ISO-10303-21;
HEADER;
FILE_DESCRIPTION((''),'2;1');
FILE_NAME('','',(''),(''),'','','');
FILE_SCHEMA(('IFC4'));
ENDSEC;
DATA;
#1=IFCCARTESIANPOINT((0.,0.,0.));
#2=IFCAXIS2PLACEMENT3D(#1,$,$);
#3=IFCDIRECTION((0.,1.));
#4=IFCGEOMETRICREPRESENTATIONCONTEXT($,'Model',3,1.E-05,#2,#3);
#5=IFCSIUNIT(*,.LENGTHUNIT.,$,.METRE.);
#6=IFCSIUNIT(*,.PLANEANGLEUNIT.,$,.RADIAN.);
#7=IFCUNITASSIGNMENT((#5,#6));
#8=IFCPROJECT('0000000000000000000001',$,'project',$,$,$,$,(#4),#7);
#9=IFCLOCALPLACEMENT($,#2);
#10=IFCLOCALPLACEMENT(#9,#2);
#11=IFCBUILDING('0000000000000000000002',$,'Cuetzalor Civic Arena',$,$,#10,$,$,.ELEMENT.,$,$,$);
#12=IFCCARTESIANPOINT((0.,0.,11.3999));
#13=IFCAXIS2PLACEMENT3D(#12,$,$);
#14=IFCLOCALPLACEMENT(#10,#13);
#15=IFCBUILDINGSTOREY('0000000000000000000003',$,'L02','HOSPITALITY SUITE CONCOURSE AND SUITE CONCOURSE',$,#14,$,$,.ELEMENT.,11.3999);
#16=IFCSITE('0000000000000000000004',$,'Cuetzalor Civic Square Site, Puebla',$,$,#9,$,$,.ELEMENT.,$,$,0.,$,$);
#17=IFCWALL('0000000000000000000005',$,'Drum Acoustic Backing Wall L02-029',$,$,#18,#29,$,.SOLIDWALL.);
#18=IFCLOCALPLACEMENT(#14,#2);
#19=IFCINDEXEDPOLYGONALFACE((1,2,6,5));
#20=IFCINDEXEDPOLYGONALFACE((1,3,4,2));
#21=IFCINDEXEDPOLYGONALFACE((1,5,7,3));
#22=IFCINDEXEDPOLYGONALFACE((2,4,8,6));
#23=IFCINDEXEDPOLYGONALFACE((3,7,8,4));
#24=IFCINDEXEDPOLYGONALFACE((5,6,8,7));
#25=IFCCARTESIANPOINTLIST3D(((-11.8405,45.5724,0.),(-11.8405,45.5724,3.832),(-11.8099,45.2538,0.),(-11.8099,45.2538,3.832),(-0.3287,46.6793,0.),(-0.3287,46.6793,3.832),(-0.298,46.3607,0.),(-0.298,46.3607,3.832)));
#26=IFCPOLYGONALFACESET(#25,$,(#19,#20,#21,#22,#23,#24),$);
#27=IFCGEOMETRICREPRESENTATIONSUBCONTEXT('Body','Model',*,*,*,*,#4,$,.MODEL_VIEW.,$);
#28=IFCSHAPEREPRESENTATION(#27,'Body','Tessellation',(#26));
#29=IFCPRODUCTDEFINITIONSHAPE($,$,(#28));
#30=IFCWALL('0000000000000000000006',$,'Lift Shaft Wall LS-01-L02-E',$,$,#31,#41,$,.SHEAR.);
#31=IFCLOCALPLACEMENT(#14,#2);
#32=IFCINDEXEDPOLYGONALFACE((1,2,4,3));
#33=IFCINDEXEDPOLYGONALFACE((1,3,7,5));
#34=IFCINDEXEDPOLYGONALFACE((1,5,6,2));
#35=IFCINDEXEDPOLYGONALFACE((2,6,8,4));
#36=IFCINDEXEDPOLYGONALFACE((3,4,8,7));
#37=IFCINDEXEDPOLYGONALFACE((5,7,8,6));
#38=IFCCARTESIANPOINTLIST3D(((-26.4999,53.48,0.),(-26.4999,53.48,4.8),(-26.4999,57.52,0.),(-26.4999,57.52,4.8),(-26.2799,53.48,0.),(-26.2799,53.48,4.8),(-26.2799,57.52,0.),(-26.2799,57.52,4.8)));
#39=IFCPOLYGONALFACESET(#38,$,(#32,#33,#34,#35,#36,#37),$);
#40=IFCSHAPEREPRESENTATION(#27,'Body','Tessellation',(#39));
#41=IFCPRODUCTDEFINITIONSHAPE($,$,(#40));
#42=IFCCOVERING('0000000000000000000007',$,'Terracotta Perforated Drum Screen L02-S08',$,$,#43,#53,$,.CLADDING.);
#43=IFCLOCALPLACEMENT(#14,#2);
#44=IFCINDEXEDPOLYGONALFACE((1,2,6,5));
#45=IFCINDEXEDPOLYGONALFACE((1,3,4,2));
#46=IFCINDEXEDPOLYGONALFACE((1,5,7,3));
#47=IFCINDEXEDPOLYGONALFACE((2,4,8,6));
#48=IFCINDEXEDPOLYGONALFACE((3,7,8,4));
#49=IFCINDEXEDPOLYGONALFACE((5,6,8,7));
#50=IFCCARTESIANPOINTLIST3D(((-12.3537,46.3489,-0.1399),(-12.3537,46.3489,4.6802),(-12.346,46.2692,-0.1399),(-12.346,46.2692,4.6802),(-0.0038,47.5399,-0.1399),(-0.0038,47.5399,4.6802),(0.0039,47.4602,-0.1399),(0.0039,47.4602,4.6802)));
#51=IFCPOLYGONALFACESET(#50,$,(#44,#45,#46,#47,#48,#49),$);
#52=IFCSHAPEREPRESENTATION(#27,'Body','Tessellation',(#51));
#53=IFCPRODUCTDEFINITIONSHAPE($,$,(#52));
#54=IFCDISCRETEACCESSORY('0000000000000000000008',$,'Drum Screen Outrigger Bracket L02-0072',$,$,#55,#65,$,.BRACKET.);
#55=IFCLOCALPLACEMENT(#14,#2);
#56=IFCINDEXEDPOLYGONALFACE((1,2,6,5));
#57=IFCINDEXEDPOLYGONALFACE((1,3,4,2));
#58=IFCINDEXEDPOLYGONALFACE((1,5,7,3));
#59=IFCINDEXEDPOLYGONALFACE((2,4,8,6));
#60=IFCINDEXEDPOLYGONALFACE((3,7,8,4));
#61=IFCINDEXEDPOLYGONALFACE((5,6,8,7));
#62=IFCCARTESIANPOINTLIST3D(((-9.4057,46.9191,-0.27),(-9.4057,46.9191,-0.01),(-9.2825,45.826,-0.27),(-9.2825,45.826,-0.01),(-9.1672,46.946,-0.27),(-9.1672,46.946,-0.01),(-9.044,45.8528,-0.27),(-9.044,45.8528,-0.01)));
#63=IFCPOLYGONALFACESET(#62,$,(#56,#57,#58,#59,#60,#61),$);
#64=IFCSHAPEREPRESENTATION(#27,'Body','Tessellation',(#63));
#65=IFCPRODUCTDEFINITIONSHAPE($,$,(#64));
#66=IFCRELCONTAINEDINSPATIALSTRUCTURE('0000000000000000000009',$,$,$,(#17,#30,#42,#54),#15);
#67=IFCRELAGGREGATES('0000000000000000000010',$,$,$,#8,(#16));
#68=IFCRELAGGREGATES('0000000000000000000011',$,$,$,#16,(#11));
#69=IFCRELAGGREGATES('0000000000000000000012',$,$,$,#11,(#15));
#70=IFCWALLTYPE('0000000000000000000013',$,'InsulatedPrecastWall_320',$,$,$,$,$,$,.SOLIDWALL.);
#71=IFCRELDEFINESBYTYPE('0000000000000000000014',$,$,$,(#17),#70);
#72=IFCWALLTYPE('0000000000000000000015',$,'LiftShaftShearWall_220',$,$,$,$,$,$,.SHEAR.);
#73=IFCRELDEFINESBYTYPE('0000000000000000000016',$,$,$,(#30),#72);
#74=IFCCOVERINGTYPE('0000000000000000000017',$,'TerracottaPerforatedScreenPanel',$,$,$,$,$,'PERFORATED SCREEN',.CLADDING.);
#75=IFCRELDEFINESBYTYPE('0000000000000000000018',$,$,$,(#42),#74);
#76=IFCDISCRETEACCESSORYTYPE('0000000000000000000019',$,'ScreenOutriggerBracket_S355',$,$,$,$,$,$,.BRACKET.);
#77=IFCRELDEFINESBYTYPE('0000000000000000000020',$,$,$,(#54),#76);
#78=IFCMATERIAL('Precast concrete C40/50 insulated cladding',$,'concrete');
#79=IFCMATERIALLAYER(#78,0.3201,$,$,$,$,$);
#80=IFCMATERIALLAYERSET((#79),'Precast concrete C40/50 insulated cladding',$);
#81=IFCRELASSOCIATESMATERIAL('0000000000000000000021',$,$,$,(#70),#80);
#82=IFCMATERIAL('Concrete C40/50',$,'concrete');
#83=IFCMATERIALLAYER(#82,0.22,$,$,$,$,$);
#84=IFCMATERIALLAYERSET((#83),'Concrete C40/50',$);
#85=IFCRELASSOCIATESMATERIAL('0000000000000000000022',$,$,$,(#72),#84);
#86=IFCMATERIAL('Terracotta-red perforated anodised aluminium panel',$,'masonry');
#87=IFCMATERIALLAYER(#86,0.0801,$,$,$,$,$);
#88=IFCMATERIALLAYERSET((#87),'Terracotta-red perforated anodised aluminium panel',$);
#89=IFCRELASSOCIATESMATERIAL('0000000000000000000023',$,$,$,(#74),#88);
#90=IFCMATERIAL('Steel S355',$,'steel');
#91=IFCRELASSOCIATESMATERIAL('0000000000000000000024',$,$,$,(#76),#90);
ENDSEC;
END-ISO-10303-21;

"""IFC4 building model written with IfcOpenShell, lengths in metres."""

from ifc_helpers import new_model, si_unit, direction, frame, frame_2d, origin, origin_2d, place, context, subcontext, project, spatial, rectangle, extrude, material, layer, layer_set, type_object, element, save


model = new_model("IFC4")

# Units and contexts
model_context = context("Model", 3, precision=1e-05, world=origin(), true_north=direction((0.0, 1.0)))
body_context = subcontext(model_context, "Body", "Model", "MODEL_VIEW")
ifc_project = project(units=[si_unit("LENGTHUNIT", "METRE"), si_unit("PLANEANGLEUNIT", "RADIAN")], contexts=[model_context])

# Site, building, storey
site_placement = place(None, origin())
site = spatial("IfcSite", under=ifc_project, at=site_placement, Name="Cuetzalor Civic Square Site, Puebla", CompositionType="ELEMENT", RefElevation=0.0)
building_placement = place(site_placement, origin())
building = spatial("IfcBuilding", under=site, at=building_placement, Name="Cuetzalor Civic Arena", CompositionType="ELEMENT")
storey_placement = place(building_placement, frame((0.0, 0.0, 11.3999)))
storey = spatial("IfcBuildingStorey", under=building, at=storey_placement, Name="L02", Description="HOSPITALITY SUITE CONCOURSE AND SUITE CONCOURSE", CompositionType="ELEMENT", Elevation=11.3999)

# Walls
ifc_material_1 = material(Name="Precast concrete C40/50 insulated cladding", Category="concrete")
ifc_layer_1 = layer(ifc_material_1, 0.3201)
ifc_layer_set_1 = layer_set([ifc_layer_1], Name="Precast concrete C40/50 insulated cladding")
wall_type_1 = type_object("IfcWallType", Name="InsulatedPrecastWall_320", PredefinedType="SOLIDWALL", material=ifc_layer_set_1)
wall_1_placement = place(storey_placement, frame((-11.8252, 45.4131, 0.0), z_axis=(0.0, 0.0, 1.0), x_axis=(0.995409, 0.095714, 0.0)))
element("IfcWall", 1, at=wall_1_placement, inside=storey, type_object=wall_type_1, Name="Drum Acoustic Backing Wall L02-029", PredefinedType="SOLIDWALL", context=body_context, shape_type="SweptSolid", body=[
    extrude(rectangle(XDim=11.5649, YDim=0.3201, at=frame_2d((5.7825, 0.0))), origin(), (0.0, 0.0, 1.0), 3.832),
])
ifc_material_2 = material(Name="Concrete C40/50", Category="concrete")
ifc_layer_2 = layer(ifc_material_2, 0.22)
ifc_layer_set_2 = layer_set([ifc_layer_2], Name="Concrete C40/50")
wall_type_2 = type_object("IfcWallType", Name="LiftShaftShearWall_220", PredefinedType="SHEAR", material=ifc_layer_set_2)
wall_2_placement = place(storey_placement, frame((-26.3899, 57.52, 0.0), z_axis=(0.0, 0.0, 1.0), x_axis=(0.0, -1.0, 0.0)))
element("IfcWall", 2, at=wall_2_placement, inside=storey, type_object=wall_type_2, Name="Lift Shaft Wall LS-01-L02-E", PredefinedType="SHEAR", context=body_context, shape_type="SweptSolid", body=[
    extrude(rectangle(XDim=4.04, YDim=0.22, at=frame_2d((2.02, 0.0))), origin(), (0.0, 0.0, 1.0), 4.8),
])

# Covering
ifc_material_3 = material(Name="Terracotta-red perforated anodised aluminium panel", Category="masonry")
ifc_layer_3 = layer(ifc_material_3, 0.0801)
ifc_layer_set_3 = layer_set([ifc_layer_3], Name="Terracotta-red perforated anodised aluminium panel")
covering_type = type_object("IfcCoveringType", Name="TerracottaPerforatedScreenPanel", ElementType="PERFORATED SCREEN", PredefinedType="CLADDING", material=ifc_layer_set_3)
covering_placement = place(storey_placement, frame((-12.3499, 46.3091, -0.1399), z_axis=(0.0, 0.0, 1.0), x_axis=(0.995383, 0.095986, 0.0)))
element("IfcCovering", 3, at=covering_placement, inside=storey, type_object=covering_type, Name="Terracotta Perforated Drum Screen L02-S08", PredefinedType="CLADDING", context=body_context, shape_type="SweptSolid", body=[
    extrude(rectangle(XDim=12.4072, YDim=0.0801, at=frame_2d((6.2036, 0.0))), origin(), (0.0, 0.0, 1.0), 4.8201),
])

# Discrete accessory
ifc_material_4 = material(Name="Steel S355", Category="steel")
discrete_accessory_type = type_object("IfcDiscreteAccessoryType", Name="ScreenOutriggerBracket_S355", PredefinedType="BRACKET", material=ifc_material_4)
discrete_accessory_placement = place(storey_placement, frame((-9.2249, 46.386, -0.27), z_axis=(0.0, 0.0, 1.0), x_axis=(-0.111989, 0.993709, 0.0)))
element("IfcDiscreteAccessory", 4, at=discrete_accessory_placement, inside=storey, type_object=discrete_accessory_type, Name="Drum Screen Outrigger Bracket L02-0072", PredefinedType="BRACKET", context=body_context, shape_type="SweptSolid", body=[
    extrude(rectangle(XDim=1.1001, YDim=0.24, at=origin_2d()), origin(), (0.0, 0.0, 1.0), 0.26),
])

save(model, "model.ifc")
